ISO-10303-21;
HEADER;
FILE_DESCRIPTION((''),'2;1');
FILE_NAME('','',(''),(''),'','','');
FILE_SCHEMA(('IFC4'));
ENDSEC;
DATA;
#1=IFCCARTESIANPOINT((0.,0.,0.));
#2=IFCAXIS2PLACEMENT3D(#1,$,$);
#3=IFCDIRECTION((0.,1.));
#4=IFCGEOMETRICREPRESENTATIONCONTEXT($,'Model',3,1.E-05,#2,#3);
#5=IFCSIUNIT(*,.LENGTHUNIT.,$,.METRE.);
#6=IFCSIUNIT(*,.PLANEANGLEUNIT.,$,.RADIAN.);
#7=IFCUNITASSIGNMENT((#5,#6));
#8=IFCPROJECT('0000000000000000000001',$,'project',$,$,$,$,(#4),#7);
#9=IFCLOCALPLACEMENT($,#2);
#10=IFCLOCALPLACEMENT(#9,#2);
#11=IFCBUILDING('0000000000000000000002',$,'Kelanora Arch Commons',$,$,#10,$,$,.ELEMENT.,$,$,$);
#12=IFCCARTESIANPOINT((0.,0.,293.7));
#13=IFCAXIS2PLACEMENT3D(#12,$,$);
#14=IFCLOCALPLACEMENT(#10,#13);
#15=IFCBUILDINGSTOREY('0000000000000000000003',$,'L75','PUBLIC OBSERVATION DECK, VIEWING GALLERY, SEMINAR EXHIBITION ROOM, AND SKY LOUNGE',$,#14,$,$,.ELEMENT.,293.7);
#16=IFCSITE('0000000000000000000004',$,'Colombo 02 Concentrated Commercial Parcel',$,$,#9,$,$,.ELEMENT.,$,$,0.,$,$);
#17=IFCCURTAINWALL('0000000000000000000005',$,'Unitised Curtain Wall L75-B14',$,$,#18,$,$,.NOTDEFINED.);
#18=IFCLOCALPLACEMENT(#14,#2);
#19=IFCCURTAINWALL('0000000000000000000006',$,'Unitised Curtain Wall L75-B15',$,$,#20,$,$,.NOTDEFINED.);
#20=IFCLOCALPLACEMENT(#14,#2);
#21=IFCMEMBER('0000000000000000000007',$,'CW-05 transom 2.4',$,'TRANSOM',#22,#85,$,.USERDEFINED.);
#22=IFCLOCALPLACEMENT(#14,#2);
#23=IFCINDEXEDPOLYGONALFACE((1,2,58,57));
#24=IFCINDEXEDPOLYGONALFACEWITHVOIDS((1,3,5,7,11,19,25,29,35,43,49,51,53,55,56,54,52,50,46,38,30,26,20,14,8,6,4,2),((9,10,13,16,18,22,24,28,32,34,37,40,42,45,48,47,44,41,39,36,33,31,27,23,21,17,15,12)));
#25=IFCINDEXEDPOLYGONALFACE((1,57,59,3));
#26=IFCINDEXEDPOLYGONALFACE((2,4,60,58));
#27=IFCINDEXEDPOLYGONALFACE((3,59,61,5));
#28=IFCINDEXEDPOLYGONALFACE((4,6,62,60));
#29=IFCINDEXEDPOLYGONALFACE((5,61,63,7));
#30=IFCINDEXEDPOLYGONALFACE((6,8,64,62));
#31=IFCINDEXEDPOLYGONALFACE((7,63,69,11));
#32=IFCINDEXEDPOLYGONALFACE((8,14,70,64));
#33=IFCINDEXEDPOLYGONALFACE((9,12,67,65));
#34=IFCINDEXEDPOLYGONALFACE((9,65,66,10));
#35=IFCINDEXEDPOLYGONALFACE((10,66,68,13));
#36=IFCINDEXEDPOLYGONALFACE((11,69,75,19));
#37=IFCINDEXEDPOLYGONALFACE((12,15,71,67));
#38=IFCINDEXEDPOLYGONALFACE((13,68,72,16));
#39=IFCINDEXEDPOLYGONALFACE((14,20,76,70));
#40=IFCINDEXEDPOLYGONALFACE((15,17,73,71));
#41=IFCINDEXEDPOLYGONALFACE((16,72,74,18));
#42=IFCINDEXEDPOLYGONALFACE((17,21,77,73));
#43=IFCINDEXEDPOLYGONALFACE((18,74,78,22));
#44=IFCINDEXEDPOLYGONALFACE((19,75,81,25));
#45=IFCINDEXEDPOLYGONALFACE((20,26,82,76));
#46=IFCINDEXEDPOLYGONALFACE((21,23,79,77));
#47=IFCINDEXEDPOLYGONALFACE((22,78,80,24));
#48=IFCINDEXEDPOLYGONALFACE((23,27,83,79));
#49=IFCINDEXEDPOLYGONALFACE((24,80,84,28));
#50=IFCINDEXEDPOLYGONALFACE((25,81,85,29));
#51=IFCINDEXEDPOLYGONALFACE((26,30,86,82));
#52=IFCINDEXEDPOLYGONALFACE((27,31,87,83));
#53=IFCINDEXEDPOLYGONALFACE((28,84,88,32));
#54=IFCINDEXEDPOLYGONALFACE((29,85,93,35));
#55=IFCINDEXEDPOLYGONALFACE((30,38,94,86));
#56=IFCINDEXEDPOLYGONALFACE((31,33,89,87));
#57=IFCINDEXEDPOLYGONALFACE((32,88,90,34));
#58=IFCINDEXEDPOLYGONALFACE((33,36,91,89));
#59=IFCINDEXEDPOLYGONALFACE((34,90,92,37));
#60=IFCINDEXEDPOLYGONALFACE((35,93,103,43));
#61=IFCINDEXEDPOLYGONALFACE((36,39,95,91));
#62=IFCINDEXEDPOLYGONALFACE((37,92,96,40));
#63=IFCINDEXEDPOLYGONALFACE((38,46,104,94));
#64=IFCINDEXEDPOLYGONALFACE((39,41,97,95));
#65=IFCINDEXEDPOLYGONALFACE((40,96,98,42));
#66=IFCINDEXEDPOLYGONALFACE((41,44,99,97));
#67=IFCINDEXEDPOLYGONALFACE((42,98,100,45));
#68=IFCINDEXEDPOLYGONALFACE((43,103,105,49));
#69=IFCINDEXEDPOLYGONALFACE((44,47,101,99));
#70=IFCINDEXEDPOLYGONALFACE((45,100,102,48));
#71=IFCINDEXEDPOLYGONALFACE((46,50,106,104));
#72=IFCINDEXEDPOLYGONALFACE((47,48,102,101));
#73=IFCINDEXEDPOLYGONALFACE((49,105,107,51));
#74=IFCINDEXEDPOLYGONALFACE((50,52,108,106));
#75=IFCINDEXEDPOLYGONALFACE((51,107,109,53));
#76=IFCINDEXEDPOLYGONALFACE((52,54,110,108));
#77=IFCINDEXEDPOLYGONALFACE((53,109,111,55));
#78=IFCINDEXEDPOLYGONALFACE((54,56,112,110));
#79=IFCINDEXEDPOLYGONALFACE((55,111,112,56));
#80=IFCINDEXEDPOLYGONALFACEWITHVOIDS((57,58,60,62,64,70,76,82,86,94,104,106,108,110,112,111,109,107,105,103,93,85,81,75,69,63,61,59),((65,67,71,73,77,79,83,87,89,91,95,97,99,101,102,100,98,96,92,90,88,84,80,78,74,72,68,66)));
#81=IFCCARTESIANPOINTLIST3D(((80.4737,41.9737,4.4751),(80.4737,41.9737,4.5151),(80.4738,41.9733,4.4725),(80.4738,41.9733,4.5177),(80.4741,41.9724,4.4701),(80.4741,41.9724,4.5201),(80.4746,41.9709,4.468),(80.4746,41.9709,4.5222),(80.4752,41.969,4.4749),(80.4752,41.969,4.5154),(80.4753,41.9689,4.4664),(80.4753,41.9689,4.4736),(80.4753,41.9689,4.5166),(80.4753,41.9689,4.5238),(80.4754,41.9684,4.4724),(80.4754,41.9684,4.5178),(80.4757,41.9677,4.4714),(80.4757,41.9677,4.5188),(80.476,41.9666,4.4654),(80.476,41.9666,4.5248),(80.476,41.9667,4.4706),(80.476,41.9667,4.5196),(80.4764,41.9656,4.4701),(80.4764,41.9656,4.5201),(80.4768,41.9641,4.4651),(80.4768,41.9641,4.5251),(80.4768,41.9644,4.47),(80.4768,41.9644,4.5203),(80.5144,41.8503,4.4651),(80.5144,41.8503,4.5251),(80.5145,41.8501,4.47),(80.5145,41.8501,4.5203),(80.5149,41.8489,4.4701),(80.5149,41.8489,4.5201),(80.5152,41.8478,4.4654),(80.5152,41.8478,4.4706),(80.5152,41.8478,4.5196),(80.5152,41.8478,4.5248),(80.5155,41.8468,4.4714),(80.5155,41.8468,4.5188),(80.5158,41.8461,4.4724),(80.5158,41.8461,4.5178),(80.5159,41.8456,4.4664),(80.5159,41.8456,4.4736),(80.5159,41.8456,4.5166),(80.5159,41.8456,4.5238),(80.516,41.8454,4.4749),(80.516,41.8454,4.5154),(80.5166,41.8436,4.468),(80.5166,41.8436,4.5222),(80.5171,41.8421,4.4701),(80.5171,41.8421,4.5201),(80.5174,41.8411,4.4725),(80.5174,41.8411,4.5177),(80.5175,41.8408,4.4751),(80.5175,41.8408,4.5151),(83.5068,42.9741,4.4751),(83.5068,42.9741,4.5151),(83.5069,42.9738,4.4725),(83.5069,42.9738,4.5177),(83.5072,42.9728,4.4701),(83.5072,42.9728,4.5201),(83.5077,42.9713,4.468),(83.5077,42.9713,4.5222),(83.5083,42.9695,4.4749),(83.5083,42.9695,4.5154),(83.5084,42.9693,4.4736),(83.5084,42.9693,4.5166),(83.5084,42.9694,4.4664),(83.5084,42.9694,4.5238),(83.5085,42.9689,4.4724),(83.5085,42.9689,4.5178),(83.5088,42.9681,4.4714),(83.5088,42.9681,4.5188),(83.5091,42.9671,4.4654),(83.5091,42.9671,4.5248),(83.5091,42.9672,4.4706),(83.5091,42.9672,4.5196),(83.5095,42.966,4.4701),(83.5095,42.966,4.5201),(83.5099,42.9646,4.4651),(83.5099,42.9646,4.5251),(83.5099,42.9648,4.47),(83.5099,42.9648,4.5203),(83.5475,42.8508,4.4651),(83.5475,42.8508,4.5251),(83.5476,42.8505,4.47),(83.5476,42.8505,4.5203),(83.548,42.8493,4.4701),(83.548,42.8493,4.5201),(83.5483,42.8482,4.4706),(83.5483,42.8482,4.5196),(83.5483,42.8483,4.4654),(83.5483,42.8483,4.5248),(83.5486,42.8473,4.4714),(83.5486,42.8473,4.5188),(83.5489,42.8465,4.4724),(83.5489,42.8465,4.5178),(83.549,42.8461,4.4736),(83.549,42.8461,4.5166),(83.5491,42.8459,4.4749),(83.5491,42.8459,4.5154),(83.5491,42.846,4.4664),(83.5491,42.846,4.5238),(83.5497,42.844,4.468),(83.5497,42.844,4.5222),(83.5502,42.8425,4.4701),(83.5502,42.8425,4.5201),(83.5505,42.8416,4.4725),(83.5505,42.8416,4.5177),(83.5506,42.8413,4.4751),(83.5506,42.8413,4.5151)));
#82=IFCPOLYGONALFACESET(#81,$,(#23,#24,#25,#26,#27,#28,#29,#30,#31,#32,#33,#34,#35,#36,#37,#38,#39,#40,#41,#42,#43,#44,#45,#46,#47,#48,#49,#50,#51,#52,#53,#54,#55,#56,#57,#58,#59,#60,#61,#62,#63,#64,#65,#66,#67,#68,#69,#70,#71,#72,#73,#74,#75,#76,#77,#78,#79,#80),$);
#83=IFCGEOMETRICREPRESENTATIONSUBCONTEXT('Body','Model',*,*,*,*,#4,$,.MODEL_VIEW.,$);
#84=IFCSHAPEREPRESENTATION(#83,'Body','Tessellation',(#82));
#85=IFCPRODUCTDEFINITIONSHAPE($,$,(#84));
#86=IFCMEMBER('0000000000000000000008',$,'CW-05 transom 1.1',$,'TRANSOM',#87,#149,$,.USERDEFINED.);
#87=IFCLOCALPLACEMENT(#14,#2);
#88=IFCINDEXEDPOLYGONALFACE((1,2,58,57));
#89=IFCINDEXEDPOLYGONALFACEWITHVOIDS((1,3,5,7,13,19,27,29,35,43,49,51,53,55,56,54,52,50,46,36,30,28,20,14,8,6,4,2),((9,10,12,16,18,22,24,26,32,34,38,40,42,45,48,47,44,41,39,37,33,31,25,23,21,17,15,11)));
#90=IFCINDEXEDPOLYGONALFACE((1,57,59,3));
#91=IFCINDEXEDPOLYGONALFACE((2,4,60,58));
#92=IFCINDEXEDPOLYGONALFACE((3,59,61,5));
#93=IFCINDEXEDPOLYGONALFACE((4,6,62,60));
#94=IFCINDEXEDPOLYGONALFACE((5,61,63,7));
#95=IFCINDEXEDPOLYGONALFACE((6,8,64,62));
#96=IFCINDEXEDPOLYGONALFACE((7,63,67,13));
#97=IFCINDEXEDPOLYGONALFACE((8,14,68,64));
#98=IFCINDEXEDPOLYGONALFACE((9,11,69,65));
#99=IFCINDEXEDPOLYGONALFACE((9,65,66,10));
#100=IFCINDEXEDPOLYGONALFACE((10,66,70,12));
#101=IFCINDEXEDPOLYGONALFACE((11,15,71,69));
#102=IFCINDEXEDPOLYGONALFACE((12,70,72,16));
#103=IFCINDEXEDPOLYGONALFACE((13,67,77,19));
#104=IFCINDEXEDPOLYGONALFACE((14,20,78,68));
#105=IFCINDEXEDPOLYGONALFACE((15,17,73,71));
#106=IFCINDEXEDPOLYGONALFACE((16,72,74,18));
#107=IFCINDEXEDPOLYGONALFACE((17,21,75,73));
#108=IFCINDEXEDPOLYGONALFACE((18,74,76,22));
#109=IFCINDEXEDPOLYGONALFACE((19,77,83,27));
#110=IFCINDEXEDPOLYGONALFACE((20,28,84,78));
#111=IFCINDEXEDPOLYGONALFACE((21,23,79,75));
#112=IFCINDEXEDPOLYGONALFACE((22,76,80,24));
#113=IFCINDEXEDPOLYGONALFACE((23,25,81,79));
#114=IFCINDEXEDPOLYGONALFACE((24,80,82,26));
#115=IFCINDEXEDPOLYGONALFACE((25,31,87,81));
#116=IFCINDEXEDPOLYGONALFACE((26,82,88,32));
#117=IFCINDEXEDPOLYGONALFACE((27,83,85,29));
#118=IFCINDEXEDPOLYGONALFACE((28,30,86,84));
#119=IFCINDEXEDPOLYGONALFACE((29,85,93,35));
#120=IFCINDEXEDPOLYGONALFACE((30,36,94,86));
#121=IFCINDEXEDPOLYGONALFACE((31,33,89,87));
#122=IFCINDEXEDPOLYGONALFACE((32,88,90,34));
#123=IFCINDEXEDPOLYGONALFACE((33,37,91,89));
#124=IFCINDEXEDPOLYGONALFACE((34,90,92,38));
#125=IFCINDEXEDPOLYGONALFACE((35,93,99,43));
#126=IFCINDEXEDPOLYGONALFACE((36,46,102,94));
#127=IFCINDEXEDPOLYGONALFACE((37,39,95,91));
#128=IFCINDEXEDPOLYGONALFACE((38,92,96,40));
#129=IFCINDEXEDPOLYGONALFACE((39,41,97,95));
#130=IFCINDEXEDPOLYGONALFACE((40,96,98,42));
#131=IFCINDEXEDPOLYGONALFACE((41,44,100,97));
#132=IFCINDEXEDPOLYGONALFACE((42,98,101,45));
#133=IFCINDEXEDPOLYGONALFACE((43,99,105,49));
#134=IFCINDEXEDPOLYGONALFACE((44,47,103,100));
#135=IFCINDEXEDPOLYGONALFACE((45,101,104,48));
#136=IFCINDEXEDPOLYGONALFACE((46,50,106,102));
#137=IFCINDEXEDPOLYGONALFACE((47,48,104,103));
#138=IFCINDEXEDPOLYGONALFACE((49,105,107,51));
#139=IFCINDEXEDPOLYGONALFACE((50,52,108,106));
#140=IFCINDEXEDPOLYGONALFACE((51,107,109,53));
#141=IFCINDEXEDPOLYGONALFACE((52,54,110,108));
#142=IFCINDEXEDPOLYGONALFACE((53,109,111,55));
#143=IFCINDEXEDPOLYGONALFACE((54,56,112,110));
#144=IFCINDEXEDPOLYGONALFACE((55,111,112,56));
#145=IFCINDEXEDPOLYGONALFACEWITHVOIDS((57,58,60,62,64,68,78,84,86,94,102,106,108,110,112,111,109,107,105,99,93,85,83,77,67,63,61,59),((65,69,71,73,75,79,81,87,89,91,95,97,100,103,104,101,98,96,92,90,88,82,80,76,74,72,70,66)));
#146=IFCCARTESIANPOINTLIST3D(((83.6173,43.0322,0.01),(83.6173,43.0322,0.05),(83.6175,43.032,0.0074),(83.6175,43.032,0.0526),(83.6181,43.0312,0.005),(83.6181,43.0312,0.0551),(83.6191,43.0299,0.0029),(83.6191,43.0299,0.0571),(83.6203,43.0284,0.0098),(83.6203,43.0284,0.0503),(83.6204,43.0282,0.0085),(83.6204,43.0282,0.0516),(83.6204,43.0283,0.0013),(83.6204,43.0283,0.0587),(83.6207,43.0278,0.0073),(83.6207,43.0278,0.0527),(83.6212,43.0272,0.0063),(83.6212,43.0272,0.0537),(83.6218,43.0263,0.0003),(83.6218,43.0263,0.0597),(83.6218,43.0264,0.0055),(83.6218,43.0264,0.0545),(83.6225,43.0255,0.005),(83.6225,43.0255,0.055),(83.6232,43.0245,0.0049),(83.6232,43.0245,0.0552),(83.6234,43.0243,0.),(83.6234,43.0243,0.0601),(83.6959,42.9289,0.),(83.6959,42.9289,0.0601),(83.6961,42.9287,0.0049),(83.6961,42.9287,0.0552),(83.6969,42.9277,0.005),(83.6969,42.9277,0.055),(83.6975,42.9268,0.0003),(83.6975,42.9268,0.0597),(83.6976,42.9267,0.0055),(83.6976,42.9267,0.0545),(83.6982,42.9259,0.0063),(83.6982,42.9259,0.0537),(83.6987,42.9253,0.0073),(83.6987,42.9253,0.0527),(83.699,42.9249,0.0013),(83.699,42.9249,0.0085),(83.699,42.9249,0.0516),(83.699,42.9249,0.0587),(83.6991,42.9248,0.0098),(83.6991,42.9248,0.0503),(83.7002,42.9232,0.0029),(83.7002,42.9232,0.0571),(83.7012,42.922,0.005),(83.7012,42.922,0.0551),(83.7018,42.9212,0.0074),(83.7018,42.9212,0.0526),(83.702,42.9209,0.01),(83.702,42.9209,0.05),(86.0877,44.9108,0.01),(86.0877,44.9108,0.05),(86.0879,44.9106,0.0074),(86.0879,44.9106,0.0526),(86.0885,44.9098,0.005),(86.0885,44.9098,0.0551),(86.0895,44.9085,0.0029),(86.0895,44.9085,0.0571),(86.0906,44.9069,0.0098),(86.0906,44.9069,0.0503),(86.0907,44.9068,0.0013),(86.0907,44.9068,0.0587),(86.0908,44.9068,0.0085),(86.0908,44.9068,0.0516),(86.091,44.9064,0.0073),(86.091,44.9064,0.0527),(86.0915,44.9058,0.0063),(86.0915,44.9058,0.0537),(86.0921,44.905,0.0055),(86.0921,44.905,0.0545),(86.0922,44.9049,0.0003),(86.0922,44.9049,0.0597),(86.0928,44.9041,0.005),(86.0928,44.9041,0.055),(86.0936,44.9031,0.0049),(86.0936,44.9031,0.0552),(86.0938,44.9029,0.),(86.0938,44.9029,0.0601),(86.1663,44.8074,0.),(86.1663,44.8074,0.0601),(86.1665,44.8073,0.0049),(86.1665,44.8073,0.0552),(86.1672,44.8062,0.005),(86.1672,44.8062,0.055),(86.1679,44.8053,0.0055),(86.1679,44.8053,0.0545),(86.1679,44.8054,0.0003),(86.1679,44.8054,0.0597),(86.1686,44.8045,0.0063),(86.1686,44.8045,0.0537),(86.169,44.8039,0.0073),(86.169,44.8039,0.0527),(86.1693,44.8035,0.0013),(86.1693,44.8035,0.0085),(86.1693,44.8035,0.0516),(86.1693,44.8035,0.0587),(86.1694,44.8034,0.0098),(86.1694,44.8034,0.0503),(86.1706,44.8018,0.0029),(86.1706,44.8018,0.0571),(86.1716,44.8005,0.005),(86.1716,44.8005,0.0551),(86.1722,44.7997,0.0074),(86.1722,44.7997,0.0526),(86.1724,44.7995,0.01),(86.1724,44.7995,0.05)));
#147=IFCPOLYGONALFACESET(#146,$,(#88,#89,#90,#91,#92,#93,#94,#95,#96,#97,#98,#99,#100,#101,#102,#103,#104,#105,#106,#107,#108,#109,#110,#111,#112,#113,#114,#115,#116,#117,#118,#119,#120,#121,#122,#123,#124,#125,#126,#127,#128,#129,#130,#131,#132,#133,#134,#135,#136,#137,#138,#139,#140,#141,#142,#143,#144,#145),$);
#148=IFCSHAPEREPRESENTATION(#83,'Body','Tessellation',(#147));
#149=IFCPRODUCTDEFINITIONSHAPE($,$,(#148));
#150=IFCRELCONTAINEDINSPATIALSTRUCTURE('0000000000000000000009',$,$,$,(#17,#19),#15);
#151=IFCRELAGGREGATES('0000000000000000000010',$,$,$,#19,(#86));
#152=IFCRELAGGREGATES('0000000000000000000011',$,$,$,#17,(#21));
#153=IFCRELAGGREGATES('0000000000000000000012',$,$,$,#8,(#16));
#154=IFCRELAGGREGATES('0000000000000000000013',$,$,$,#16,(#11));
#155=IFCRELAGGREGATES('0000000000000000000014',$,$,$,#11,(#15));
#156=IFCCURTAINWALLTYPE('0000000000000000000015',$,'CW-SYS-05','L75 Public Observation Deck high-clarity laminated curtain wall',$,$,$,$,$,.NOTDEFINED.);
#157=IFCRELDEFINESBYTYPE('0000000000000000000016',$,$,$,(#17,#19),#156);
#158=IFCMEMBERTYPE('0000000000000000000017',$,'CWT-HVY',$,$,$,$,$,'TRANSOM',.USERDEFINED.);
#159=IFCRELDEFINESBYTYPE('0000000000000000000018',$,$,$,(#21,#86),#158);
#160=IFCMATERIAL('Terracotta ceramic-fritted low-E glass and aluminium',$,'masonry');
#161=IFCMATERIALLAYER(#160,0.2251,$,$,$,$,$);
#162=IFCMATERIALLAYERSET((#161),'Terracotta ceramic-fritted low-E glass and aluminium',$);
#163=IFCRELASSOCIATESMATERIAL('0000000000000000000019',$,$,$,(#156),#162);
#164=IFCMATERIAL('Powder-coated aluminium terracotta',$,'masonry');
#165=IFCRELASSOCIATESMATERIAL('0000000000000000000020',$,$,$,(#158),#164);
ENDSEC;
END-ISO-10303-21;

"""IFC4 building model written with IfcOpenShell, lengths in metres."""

from ifc_helpers import new_model, si_unit, direction, frame, origin, origin_2d, place, context, subcontext, project, spatial, hollow_rectangle, extrude, material, layer, layer_set, material_profile, profile_set, type_object, element, aggregate, save


model = new_model("IFC4")

# Units and contexts
model_context = context("Model", 3, precision=1e-05, world=origin(), true_north=direction((0.0, 1.0)))
body_context = subcontext(model_context, "Body", "Model", "MODEL_VIEW")
ifc_project = project(units=[si_unit("LENGTHUNIT", "METRE"), si_unit("PLANEANGLEUNIT", "RADIAN")], contexts=[model_context])

# Site, building, storey
site_placement = place(None, origin())
site = spatial("IfcSite", under=ifc_project, at=site_placement, Name="Colombo 02 Concentrated Commercial Parcel", CompositionType="ELEMENT", RefElevation=0.0)
building_placement = place(site_placement, origin())
building = spatial("IfcBuilding", under=site, at=building_placement, Name="Kelanora Arch Commons", CompositionType="ELEMENT")
storey_placement = place(building_placement, frame((0.0, 0.0, 293.7)))
storey = spatial("IfcBuildingStorey", under=building, at=storey_placement, Name="L75", Description="PUBLIC OBSERVATION DECK, VIEWING GALLERY, SEMINAR EXHIBITION ROOM, AND SKY LOUNGE", CompositionType="ELEMENT", Elevation=293.7)

# Curtain wall
ifc_material_1 = material(Name="Terracotta ceramic-fritted low-E glass and aluminium", Category="masonry")
ifc_layer_1 = layer(ifc_material_1, 0.2251)
ifc_layer_set_1 = layer_set([ifc_layer_1], Name="Terracotta ceramic-fritted low-E glass and aluminium")
curtain_wall_type = type_object("IfcCurtainWallType", Name="CW-SYS-05", Description="L75 Public Observation Deck high-clarity laminated curtain wall", PredefinedType="NOTDEFINED", material=ifc_layer_set_1)
ifc_material_2 = material(Name="Powder-coated aluminium terracotta", Category="masonry")
curtain_wall_1_placement = place(storey_placement, origin())
curtain_wall_1 = element("IfcCurtainWall", 1, at=curtain_wall_1_placement, inside=storey, type_object=curtain_wall_type, Name="Unitised Curtain Wall L75-B14", PredefinedType="NOTDEFINED")

# Curtain wall
curtain_wall_2_placement = place(storey_placement, origin())
curtain_wall_2 = element("IfcCurtainWall", 2, at=curtain_wall_2_placement, inside=storey, type_object=curtain_wall_type, Name="Unitised Curtain Wall L75-B15", PredefinedType="NOTDEFINED")

# Members
ifc_material_profile_1 = material_profile(ifc_material_2, hollow_rectangle(XDim=0.1399, YDim=0.0601, WallThickness=0.0049, InnerFilletRadius=0.0049, OuterFilletRadius=0.01, at=origin_2d()), Name="CWT140x60")
ifc_profile_set_1 = profile_set([ifc_material_profile_1], Name="Powder-coated aluminium terracotta")
member_type_1 = type_object("IfcMemberType", Name="CWT-HVY", ElementType="TRANSOM", PredefinedType="USERDEFINED", material=ifc_profile_set_1)
member_1_placement = place(storey_placement, frame((80.4956, 41.9072, 4.4951), z_axis=(0.949672, 0.313245, 0.0), x_axis=(-0.313245, 0.949672, 0.0)))
member_1 = element("IfcMember", 3, at=member_1_placement, type_object=member_type_1, Name="CW-05 transom 2.4", ObjectType="TRANSOM", PredefinedType="USERDEFINED", context=body_context, shape_type="SweptSolid", body=[
    extrude(hollow_rectangle(XDim=0.1399, YDim=0.0601, WallThickness=0.0049, InnerFilletRadius=0.0049, OuterFilletRadius=0.01, at=origin_2d()), origin(), (0.0, 0.0, 1.0), 3.1938),
])
member_2_placement = place(storey_placement, frame((83.6597, 42.9766, 0.03), z_axis=(0.795989, 0.605311, 0.0), x_axis=(-0.605311, 0.795989, 0.0)))
member_2 = element("IfcMember", 4, at=member_2_placement, type_object=member_type_1, Name="CW-05 transom 1.1", ObjectType="TRANSOM", PredefinedType="USERDEFINED", context=body_context, shape_type="SweptSolid", body=[
    extrude(hollow_rectangle(XDim=0.1399, YDim=0.0601, WallThickness=0.0049, InnerFilletRadius=0.0049, OuterFilletRadius=0.01, at=origin_2d()), origin(), (0.0, 0.0, 1.0), 3.1035),
])
aggregate(curtain_wall_2, [member_2])

aggregate(curtain_wall_1, [member_1])

save(model, "model.ifc")
